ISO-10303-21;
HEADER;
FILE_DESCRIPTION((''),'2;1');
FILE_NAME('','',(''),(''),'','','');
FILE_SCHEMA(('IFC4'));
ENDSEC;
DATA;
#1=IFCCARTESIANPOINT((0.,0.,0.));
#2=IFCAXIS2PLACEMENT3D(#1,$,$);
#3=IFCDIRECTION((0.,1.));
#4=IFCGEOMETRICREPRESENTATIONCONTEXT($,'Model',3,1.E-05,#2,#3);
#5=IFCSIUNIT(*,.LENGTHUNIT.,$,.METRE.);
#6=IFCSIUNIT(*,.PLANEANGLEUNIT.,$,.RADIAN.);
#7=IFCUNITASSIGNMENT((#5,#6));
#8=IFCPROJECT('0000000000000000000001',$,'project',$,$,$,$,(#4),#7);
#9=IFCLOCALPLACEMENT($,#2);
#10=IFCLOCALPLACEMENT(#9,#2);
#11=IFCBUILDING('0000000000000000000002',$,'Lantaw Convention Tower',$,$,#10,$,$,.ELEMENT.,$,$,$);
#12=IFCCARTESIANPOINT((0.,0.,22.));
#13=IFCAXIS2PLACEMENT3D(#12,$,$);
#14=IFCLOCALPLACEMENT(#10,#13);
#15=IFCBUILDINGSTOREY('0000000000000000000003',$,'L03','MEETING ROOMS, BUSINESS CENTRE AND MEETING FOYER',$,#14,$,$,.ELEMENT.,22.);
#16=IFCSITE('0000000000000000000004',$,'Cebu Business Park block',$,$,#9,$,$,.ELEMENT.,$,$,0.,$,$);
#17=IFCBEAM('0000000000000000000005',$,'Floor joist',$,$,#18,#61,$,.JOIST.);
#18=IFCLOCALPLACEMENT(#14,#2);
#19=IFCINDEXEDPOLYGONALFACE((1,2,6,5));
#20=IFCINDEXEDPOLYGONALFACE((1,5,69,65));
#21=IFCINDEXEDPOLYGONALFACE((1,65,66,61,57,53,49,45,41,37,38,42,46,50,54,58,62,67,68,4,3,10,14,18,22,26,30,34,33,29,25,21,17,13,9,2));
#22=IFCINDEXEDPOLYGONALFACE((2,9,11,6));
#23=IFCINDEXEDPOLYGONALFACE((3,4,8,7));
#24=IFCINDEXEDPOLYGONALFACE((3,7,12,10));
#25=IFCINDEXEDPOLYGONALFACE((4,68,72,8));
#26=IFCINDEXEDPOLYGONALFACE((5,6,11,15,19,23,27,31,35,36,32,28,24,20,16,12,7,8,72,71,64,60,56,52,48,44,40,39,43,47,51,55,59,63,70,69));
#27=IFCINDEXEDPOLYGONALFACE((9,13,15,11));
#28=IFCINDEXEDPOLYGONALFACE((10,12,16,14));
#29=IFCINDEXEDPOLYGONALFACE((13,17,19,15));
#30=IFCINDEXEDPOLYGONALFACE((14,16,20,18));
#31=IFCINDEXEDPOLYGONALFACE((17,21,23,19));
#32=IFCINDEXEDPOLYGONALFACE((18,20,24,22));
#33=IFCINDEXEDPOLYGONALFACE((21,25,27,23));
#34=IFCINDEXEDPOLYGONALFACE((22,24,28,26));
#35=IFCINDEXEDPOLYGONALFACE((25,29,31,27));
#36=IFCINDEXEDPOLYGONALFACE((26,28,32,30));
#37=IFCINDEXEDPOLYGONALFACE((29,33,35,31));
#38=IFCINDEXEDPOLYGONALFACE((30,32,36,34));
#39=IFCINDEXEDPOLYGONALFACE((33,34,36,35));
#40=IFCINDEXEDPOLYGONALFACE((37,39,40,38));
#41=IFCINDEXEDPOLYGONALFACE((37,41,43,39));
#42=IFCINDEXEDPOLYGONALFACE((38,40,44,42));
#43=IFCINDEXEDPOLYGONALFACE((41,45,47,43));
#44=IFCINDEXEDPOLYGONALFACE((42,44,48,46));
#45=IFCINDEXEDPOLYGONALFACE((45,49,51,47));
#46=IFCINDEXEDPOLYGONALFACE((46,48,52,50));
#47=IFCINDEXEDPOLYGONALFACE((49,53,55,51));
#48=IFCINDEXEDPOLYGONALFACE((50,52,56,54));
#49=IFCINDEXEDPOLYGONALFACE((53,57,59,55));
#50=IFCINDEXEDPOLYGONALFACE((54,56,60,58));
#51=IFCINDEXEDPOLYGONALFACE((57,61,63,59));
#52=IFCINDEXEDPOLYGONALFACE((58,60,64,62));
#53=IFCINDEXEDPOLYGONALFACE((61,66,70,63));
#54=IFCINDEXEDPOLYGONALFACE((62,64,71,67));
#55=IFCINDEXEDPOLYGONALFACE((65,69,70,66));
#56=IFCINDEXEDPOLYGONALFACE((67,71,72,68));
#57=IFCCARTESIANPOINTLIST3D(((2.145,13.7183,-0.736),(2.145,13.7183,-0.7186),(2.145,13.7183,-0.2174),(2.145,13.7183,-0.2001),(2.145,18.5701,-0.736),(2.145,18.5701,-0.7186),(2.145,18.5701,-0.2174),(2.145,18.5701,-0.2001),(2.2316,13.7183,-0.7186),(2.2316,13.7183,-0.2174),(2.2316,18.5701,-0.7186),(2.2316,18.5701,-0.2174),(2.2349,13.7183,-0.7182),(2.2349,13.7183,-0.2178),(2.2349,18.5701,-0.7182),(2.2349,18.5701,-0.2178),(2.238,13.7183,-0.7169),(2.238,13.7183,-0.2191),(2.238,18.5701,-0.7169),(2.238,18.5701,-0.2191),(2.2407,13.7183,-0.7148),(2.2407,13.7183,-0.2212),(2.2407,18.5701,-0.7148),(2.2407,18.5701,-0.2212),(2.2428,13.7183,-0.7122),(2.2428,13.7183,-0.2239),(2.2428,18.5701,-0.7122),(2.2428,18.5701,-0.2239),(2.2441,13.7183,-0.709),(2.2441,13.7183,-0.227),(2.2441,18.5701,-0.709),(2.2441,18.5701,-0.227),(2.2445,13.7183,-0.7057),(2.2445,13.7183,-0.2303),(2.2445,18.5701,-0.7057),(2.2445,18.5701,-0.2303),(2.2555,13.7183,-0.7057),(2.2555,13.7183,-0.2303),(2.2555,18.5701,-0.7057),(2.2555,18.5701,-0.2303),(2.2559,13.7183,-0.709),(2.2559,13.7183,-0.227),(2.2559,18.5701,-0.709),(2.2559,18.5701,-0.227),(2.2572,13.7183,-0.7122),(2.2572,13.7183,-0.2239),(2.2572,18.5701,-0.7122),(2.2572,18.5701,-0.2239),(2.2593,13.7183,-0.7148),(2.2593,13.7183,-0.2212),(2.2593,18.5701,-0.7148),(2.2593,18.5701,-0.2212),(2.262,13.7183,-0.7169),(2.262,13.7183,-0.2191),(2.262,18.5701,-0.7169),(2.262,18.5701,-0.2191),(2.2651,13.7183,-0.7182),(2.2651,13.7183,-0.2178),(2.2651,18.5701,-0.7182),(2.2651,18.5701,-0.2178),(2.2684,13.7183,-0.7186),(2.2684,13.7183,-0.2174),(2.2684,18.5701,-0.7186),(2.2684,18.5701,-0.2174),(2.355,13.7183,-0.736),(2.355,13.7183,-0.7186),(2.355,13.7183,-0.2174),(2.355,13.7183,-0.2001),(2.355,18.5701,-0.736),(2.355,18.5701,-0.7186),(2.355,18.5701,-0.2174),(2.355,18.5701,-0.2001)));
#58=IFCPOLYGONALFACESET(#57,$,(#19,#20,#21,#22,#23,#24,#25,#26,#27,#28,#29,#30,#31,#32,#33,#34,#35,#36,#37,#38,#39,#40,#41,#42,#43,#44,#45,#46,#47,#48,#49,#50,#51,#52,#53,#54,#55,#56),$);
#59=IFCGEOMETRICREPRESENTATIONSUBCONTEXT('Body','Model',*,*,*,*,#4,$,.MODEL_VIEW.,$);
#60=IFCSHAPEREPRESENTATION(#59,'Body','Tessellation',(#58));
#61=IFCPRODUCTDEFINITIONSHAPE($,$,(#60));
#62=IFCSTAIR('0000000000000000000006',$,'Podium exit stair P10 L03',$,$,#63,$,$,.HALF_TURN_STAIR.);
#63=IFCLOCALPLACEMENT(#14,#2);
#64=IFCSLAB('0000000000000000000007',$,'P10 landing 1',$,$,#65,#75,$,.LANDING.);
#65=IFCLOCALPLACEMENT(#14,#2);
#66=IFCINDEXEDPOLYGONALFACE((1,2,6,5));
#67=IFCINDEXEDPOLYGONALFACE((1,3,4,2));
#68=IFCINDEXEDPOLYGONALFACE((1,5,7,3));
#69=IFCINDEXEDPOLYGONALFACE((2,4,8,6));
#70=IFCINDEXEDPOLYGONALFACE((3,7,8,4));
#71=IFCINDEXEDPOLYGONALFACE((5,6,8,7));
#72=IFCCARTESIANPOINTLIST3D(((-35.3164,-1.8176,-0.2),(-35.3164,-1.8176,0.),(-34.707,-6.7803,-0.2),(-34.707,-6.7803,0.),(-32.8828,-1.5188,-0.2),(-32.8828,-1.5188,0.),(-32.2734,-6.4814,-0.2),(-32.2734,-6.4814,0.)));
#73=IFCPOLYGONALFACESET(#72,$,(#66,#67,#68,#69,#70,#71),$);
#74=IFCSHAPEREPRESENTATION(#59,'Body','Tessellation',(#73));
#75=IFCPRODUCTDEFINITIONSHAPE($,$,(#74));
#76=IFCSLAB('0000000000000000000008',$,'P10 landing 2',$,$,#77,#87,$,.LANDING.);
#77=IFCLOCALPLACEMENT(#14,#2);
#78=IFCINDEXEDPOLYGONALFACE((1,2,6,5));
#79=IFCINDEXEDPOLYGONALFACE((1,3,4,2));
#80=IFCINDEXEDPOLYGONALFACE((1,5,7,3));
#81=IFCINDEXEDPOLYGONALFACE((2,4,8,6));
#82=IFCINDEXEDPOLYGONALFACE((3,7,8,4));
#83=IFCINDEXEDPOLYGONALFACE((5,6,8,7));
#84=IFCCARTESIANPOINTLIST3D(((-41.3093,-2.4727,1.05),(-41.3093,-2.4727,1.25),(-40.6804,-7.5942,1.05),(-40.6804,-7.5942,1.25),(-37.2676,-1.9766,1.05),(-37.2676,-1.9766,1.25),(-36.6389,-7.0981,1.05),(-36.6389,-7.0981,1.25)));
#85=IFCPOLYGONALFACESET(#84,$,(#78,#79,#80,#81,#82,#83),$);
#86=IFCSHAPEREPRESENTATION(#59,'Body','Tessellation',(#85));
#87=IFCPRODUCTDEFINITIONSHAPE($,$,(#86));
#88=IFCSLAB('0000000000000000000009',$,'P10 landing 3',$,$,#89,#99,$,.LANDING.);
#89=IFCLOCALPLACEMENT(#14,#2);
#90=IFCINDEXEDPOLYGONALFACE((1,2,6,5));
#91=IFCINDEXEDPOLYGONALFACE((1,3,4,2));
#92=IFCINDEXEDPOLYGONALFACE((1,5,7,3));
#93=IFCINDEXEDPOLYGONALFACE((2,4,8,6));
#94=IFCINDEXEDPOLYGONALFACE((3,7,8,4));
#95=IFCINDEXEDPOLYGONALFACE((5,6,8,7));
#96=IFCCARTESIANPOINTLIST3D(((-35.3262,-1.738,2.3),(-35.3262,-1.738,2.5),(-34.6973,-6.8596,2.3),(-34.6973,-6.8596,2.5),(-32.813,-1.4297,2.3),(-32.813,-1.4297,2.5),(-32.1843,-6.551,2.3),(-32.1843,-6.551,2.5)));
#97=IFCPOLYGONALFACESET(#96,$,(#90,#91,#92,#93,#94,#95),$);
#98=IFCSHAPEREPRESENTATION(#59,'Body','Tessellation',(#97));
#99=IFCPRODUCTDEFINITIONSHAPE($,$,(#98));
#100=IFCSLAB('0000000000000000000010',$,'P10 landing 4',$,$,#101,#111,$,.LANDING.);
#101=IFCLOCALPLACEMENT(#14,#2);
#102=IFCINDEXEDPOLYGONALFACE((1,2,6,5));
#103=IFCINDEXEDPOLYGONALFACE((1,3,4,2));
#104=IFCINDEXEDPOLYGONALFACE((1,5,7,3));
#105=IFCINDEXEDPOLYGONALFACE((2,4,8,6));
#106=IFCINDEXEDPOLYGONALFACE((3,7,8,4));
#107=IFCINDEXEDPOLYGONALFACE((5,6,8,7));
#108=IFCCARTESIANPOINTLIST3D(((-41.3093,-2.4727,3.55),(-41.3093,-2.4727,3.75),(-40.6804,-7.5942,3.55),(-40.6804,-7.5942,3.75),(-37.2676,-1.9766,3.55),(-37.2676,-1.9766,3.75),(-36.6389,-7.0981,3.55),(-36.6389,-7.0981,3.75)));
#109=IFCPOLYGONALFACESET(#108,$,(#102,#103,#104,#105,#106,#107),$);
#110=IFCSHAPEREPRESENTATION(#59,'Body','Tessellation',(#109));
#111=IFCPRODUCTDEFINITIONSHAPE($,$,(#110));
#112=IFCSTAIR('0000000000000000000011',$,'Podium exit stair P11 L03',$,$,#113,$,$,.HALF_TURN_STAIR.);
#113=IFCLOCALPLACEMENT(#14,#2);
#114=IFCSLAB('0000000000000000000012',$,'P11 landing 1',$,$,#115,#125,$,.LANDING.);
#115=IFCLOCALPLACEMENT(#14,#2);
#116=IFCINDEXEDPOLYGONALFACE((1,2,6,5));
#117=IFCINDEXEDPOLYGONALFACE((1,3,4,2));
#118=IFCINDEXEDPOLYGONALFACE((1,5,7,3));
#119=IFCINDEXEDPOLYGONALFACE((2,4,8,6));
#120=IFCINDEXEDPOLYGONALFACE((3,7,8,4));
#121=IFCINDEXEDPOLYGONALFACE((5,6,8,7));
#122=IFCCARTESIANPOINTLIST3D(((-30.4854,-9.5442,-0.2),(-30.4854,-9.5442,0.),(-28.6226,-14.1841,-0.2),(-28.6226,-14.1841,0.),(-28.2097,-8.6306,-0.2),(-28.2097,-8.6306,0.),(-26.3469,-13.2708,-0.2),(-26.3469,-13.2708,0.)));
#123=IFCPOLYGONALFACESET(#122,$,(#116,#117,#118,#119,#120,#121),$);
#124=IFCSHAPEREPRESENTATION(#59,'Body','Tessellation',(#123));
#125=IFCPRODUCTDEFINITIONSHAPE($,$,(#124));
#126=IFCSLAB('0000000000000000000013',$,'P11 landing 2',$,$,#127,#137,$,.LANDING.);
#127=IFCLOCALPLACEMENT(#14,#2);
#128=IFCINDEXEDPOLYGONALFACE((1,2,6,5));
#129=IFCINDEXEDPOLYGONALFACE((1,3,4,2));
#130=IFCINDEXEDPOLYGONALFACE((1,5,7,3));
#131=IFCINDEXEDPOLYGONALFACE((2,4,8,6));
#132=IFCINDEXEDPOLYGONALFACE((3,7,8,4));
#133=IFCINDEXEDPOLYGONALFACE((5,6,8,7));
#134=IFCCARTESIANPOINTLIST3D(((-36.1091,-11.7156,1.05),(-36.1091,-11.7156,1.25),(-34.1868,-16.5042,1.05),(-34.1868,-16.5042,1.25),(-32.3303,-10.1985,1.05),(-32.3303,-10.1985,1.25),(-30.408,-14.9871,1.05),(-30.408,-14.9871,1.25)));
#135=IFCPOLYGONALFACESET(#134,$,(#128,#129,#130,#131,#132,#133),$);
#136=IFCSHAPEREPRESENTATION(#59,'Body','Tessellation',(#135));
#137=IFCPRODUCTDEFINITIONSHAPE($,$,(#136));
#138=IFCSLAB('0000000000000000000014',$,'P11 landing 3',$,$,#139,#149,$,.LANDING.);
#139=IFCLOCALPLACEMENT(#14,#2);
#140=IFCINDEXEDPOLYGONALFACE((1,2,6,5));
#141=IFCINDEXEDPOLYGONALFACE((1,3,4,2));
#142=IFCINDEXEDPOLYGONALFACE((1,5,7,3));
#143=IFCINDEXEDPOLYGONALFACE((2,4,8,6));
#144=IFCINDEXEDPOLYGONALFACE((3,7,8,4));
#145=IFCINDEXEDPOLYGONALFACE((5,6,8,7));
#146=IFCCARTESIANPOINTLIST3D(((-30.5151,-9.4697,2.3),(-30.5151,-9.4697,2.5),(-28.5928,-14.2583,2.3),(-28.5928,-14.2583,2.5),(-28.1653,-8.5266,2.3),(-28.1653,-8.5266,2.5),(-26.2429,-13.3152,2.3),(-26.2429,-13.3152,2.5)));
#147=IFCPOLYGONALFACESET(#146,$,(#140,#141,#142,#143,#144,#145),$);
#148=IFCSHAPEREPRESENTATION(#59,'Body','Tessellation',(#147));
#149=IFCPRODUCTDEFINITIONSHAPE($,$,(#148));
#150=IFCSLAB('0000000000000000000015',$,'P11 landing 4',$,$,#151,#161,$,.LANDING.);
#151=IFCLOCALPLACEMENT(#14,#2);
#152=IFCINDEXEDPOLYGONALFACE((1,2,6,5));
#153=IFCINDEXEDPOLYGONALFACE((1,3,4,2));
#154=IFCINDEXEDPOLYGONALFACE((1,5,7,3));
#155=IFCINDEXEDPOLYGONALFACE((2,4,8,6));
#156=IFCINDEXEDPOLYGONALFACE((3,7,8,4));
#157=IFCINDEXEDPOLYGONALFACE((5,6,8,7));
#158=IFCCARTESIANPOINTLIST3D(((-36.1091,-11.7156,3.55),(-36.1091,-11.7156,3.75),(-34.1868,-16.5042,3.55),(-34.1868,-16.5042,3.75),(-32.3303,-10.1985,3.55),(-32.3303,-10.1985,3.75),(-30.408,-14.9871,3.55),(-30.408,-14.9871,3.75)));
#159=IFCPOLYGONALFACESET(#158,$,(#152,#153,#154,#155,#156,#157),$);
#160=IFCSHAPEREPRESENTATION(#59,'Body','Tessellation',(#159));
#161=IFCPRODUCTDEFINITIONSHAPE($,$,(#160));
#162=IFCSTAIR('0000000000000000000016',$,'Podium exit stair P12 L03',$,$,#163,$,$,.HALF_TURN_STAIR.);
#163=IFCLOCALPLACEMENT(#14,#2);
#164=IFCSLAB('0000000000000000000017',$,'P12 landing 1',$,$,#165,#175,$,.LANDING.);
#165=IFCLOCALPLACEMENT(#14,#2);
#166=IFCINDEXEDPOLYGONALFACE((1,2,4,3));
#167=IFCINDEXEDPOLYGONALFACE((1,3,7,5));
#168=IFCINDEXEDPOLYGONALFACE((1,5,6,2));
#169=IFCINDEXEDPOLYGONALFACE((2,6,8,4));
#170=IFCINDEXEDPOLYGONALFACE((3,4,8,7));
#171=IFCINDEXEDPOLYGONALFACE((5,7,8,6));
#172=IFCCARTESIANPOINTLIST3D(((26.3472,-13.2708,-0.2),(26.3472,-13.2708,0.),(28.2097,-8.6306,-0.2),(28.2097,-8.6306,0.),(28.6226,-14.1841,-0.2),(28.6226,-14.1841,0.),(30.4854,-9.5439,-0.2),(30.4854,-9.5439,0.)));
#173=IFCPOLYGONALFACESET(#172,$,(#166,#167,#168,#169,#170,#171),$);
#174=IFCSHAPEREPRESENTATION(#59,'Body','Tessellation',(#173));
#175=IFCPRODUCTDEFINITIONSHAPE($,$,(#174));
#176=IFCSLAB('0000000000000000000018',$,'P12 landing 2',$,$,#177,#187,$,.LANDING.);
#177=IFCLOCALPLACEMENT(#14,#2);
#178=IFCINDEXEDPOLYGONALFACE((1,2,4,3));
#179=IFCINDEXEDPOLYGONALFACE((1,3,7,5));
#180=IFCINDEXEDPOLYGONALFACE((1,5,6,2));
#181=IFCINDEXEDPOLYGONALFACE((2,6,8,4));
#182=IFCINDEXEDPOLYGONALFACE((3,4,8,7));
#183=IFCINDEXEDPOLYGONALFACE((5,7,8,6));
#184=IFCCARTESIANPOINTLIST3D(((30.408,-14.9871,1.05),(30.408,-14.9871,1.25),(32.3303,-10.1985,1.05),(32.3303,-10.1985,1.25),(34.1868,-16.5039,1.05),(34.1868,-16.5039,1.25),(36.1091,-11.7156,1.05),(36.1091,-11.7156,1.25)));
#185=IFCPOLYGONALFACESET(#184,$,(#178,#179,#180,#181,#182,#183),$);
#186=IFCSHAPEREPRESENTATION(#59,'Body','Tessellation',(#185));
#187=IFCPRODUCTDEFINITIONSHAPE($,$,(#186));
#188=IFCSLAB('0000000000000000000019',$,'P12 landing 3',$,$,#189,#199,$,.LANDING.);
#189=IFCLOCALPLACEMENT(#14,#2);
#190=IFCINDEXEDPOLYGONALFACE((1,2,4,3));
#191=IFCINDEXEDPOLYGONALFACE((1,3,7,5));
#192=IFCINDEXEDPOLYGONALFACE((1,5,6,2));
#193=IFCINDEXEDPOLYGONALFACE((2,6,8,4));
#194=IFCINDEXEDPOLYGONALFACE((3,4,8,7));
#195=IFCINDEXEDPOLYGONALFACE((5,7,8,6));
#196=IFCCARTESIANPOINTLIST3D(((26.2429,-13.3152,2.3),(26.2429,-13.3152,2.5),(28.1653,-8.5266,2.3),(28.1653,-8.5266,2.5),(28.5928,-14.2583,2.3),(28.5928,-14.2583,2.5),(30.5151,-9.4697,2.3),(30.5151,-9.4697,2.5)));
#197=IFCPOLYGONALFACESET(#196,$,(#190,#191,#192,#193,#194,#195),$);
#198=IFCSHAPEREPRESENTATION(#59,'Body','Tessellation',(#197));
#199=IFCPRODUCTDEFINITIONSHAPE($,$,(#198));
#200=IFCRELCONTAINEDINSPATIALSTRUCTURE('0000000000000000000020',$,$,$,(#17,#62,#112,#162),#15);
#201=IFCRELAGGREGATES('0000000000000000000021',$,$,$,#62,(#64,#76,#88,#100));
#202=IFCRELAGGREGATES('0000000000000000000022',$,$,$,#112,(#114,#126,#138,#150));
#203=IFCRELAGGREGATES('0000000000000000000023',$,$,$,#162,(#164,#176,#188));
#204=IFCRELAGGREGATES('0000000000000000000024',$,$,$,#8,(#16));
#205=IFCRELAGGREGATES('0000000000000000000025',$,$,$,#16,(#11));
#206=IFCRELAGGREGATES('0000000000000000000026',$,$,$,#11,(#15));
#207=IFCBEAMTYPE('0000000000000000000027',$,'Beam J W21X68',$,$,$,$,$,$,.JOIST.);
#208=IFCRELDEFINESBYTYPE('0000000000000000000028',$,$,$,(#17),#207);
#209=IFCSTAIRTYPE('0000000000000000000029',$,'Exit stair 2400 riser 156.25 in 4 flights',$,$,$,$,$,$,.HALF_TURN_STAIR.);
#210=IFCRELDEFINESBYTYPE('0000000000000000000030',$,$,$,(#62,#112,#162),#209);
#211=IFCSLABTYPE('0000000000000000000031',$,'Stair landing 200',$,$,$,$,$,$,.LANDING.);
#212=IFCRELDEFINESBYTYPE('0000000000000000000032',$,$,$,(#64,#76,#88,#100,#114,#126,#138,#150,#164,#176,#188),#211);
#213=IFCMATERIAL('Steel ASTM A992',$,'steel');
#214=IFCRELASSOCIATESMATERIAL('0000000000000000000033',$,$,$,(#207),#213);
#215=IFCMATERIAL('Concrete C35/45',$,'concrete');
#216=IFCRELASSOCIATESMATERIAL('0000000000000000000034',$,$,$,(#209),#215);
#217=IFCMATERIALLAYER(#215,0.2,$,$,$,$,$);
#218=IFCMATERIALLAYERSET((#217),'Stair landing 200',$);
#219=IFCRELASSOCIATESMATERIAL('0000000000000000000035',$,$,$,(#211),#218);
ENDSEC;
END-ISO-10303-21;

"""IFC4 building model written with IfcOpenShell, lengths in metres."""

from ifc_helpers import new_model, si_unit, direction, frame, origin, origin_2d, place, context, subcontext, project, spatial, polyline, i_section, outline, extrude, material, layer, layer_set, material_profile, profile_set, type_object, element, aggregate, save


model = new_model("IFC4")

# Units and contexts
model_context = context("Model", 3, precision=1e-05, world=origin(), true_north=direction((0.0, 1.0)))
body_context = subcontext(model_context, "Body", "Model", "MODEL_VIEW")
ifc_project = project(units=[si_unit("LENGTHUNIT", "METRE"), si_unit("PLANEANGLEUNIT", "RADIAN")], contexts=[model_context])

# Site, building, storey
site_placement = place(None, origin())
site = spatial("IfcSite", under=ifc_project, at=site_placement, Name="Cebu Business Park block", CompositionType="ELEMENT", RefElevation=0.0)
building_placement = place(site_placement, origin())
building = spatial("IfcBuilding", under=site, at=building_placement, Name="Lantaw Convention Tower", CompositionType="ELEMENT")
storey_placement = place(building_placement, frame((0.0, 0.0, 22.0)))
storey = spatial("IfcBuildingStorey", under=building, at=storey_placement, Name="L03", Description="MEETING ROOMS, BUSINESS CENTRE AND MEETING FOYER", CompositionType="ELEMENT", Elevation=22.0)

# Beam
ifc_material_1 = material(Name="Steel ASTM A992", Category="steel")
ifc_material_profile_1 = material_profile(ifc_material_1, i_section(OverallWidth=0.21, OverallDepth=0.5359, WebThickness=0.011, FlangeThickness=0.0173, FilletRadius=0.0129, at=origin_2d()), Name="W21X68")
ifc_profile_set_1 = profile_set([ifc_material_profile_1], Name="Steel ASTM A992")
beam_type_1 = type_object("IfcBeamType", Name="Beam J W21X68", PredefinedType="JOIST", material=ifc_profile_set_1)
beam_1_placement = place(storey_placement, frame((2.25, 13.7183, -0.468), z_axis=(0.0, 1.0, 0.0), x_axis=(-1.0, 0.0, 0.0)))
element("IfcBeam", 1, at=beam_1_placement, inside=storey, type_object=beam_type_1, Name="Floor joist", PredefinedType="JOIST", context=body_context, shape_type="SweptSolid", body=[
    extrude(i_section(OverallWidth=0.21, OverallDepth=0.5359, WebThickness=0.011, FlangeThickness=0.0173, FilletRadius=0.0129, at=origin_2d()), origin(), (0.0, 0.0, 1.0), 4.8518),
])

# Stairs, slabs
ifc_material_2 = material(Name="Concrete C35/45", Category="concrete")
stair_type = type_object("IfcStairType", Name="Exit stair 2400 riser 156.25 in 4 flights", PredefinedType="HALF_TURN_STAIR", material=ifc_material_2)
stair_1_placement = place(storey_placement, origin())
stair_1 = element("IfcStair", 2, at=stair_1_placement, inside=storey, type_object=stair_type, Name="Podium exit stair P10 L03", PredefinedType="HALF_TURN_STAIR")
ifc_layer_1 = layer(ifc_material_2, 0.2)
ifc_layer_set_1 = layer_set([ifc_layer_1], Name="Stair landing 200")
slab_type = type_object("IfcSlabType", Name="Stair landing 200", PredefinedType="LANDING", material=ifc_layer_set_1)
slab_1_placement = place(storey_placement, frame((0.0, 0.0, -0.2)))
slab_1 = element("IfcSlab", 3, at=slab_1_placement, type_object=slab_type, Name="P10 landing 1", PredefinedType="LANDING", context=body_context, shape_type="SweptSolid", body=[
    extrude(outline(polyline([(-32.8828, -1.5188), (-35.3164, -1.8176), (-34.707, -6.7803), (-32.2734, -6.4814), (-32.8828, -1.5188)])), origin(), (0.0, 0.0, 1.0), 0.2),
])
slab_2_placement = place(storey_placement, frame((0.0, 0.0, 1.05)))
slab_2 = element("IfcSlab", 4, at=slab_2_placement, type_object=slab_type, Name="P10 landing 2", PredefinedType="LANDING", context=body_context, shape_type="SweptSolid", body=[
    extrude(outline(polyline([(-37.2676, -1.9766), (-41.3093, -2.4727), (-40.6804, -7.5942), (-36.6389, -7.0981), (-37.2676, -1.9766)])), origin(), (0.0, 0.0, 1.0), 0.2),
])
slab_3_placement = place(storey_placement, frame((0.0, 0.0, 2.3)))
slab_3 = element("IfcSlab", 5, at=slab_3_placement, type_object=slab_type, Name="P10 landing 3", PredefinedType="LANDING", context=body_context, shape_type="SweptSolid", body=[
    extrude(outline(polyline([(-32.813, -1.4297), (-35.3262, -1.738), (-34.6973, -6.8596), (-32.1843, -6.551), (-32.813, -1.4297)])), origin(), (0.0, 0.0, 1.0), 0.2),
])
slab_4_placement = place(storey_placement, frame((0.0, 0.0, 3.55)))
slab_4 = element("IfcSlab", 6, at=slab_4_placement, type_object=slab_type, Name="P10 landing 4", PredefinedType="LANDING", context=body_context, shape_type="SweptSolid", body=[
    extrude(outline(polyline([(-37.2676, -1.9766), (-41.3093, -2.4727), (-40.6804, -7.5942), (-36.6389, -7.0981), (-37.2676, -1.9766)])), origin(), (0.0, 0.0, 1.0), 0.2),
])
aggregate(stair_1, [slab_1, slab_2, slab_3, slab_4])
stair_2_placement = place(storey_placement, origin())
stair_2 = element("IfcStair", 7, at=stair_2_placement, inside=storey, type_object=stair_type, Name="Podium exit stair P11 L03", PredefinedType="HALF_TURN_STAIR")
slab_5_placement = place(storey_placement, frame((0.0, 0.0, -0.2)))
slab_5 = element("IfcSlab", 8, at=slab_5_placement, type_object=slab_type, Name="P11 landing 1", PredefinedType="LANDING", context=body_context, shape_type="SweptSolid", body=[
    extrude(outline(polyline([(-28.2097, -8.6306), (-30.4854, -9.5442), (-28.6226, -14.1841), (-26.3469, -13.2708), (-28.2097, -8.6306)])), origin(), (0.0, 0.0, 1.0), 0.2),
])
slab_6_placement = place(storey_placement, frame((0.0, 0.0, 1.05)))
slab_6 = element("IfcSlab", 9, at=slab_6_placement, type_object=slab_type, Name="P11 landing 2", PredefinedType="LANDING", context=body_context, shape_type="SweptSolid", body=[
    extrude(outline(polyline([(-32.3303, -10.1985), (-36.1091, -11.7156), (-34.1868, -16.5042), (-30.408, -14.9871), (-32.3303, -10.1985)])), origin(), (0.0, 0.0, 1.0), 0.2),
])
slab_7_placement = place(storey_placement, frame((0.0, 0.0, 2.3)))
slab_7 = element("IfcSlab", 10, at=slab_7_placement, type_object=slab_type, Name="P11 landing 3", PredefinedType="LANDING", context=body_context, shape_type="SweptSolid", body=[
    extrude(outline(polyline([(-28.1653, -8.5266), (-30.5151, -9.4697), (-28.5928, -14.2583), (-26.2429, -13.3152), (-28.1653, -8.5266)])), origin(), (0.0, 0.0, 1.0), 0.2),
])
slab_8_placement = place(storey_placement, frame((0.0, 0.0, 3.55)))
slab_8 = element("IfcSlab", 11, at=slab_8_placement, type_object=slab_type, Name="P11 landing 4", PredefinedType="LANDING", context=body_context, shape_type="SweptSolid", body=[
    extrude(outline(polyline([(-32.3303, -10.1985), (-36.1091, -11.7156), (-34.1868, -16.5042), (-30.408, -14.9871), (-32.3303, -10.1985)])), origin(), (0.0, 0.0, 1.0), 0.2),
])
aggregate(stair_2, [slab_5, slab_6, slab_7, slab_8])
stair_3_placement = place(storey_placement, origin())
stair_3 = element("IfcStair", 12, at=stair_3_placement, inside=storey, type_object=stair_type, Name="Podium exit stair P12 L03", PredefinedType="HALF_TURN_STAIR")
slab_9_placement = place(storey_placement, frame((0.0, 0.0, -0.2)))
slab_9 = element("IfcSlab", 13, at=slab_9_placement, type_object=slab_type, Name="P12 landing 1", PredefinedType="LANDING", context=body_context, shape_type="SweptSolid", body=[
    extrude(outline(polyline([(26.3472, -13.2708), (28.6226, -14.1841), (30.4854, -9.5439), (28.2097, -8.6306), (26.3472, -13.2708)])), origin(), (0.0, 0.0, 1.0), 0.2),
])
slab_10_placement = place(storey_placement, frame((0.0, 0.0, 1.05)))
slab_10 = element("IfcSlab", 14, at=slab_10_placement, type_object=slab_type, Name="P12 landing 2", PredefinedType="LANDING", context=body_context, shape_type="SweptSolid", body=[
    extrude(outline(polyline([(30.408, -14.9871), (34.1868, -16.5039), (36.1091, -11.7156), (32.3303, -10.1985), (30.408, -14.9871)])), origin(), (0.0, 0.0, 1.0), 0.2),
])
slab_11_placement = place(storey_placement, frame((0.0, 0.0, 2.3)))
slab_11 = element("IfcSlab", 15, at=slab_11_placement, type_object=slab_type, Name="P12 landing 3", PredefinedType="LANDING", context=body_context, shape_type="SweptSolid", body=[
    extrude(outline(polyline([(26.2429, -13.3152), (28.5928, -14.2583), (30.5151, -9.4697), (28.1653, -8.5266), (26.2429, -13.3152)])), origin(), (0.0, 0.0, 1.0), 0.2),
])
aggregate(stair_3, [slab_9, slab_10, slab_11])

save(model, "model.ifc")
